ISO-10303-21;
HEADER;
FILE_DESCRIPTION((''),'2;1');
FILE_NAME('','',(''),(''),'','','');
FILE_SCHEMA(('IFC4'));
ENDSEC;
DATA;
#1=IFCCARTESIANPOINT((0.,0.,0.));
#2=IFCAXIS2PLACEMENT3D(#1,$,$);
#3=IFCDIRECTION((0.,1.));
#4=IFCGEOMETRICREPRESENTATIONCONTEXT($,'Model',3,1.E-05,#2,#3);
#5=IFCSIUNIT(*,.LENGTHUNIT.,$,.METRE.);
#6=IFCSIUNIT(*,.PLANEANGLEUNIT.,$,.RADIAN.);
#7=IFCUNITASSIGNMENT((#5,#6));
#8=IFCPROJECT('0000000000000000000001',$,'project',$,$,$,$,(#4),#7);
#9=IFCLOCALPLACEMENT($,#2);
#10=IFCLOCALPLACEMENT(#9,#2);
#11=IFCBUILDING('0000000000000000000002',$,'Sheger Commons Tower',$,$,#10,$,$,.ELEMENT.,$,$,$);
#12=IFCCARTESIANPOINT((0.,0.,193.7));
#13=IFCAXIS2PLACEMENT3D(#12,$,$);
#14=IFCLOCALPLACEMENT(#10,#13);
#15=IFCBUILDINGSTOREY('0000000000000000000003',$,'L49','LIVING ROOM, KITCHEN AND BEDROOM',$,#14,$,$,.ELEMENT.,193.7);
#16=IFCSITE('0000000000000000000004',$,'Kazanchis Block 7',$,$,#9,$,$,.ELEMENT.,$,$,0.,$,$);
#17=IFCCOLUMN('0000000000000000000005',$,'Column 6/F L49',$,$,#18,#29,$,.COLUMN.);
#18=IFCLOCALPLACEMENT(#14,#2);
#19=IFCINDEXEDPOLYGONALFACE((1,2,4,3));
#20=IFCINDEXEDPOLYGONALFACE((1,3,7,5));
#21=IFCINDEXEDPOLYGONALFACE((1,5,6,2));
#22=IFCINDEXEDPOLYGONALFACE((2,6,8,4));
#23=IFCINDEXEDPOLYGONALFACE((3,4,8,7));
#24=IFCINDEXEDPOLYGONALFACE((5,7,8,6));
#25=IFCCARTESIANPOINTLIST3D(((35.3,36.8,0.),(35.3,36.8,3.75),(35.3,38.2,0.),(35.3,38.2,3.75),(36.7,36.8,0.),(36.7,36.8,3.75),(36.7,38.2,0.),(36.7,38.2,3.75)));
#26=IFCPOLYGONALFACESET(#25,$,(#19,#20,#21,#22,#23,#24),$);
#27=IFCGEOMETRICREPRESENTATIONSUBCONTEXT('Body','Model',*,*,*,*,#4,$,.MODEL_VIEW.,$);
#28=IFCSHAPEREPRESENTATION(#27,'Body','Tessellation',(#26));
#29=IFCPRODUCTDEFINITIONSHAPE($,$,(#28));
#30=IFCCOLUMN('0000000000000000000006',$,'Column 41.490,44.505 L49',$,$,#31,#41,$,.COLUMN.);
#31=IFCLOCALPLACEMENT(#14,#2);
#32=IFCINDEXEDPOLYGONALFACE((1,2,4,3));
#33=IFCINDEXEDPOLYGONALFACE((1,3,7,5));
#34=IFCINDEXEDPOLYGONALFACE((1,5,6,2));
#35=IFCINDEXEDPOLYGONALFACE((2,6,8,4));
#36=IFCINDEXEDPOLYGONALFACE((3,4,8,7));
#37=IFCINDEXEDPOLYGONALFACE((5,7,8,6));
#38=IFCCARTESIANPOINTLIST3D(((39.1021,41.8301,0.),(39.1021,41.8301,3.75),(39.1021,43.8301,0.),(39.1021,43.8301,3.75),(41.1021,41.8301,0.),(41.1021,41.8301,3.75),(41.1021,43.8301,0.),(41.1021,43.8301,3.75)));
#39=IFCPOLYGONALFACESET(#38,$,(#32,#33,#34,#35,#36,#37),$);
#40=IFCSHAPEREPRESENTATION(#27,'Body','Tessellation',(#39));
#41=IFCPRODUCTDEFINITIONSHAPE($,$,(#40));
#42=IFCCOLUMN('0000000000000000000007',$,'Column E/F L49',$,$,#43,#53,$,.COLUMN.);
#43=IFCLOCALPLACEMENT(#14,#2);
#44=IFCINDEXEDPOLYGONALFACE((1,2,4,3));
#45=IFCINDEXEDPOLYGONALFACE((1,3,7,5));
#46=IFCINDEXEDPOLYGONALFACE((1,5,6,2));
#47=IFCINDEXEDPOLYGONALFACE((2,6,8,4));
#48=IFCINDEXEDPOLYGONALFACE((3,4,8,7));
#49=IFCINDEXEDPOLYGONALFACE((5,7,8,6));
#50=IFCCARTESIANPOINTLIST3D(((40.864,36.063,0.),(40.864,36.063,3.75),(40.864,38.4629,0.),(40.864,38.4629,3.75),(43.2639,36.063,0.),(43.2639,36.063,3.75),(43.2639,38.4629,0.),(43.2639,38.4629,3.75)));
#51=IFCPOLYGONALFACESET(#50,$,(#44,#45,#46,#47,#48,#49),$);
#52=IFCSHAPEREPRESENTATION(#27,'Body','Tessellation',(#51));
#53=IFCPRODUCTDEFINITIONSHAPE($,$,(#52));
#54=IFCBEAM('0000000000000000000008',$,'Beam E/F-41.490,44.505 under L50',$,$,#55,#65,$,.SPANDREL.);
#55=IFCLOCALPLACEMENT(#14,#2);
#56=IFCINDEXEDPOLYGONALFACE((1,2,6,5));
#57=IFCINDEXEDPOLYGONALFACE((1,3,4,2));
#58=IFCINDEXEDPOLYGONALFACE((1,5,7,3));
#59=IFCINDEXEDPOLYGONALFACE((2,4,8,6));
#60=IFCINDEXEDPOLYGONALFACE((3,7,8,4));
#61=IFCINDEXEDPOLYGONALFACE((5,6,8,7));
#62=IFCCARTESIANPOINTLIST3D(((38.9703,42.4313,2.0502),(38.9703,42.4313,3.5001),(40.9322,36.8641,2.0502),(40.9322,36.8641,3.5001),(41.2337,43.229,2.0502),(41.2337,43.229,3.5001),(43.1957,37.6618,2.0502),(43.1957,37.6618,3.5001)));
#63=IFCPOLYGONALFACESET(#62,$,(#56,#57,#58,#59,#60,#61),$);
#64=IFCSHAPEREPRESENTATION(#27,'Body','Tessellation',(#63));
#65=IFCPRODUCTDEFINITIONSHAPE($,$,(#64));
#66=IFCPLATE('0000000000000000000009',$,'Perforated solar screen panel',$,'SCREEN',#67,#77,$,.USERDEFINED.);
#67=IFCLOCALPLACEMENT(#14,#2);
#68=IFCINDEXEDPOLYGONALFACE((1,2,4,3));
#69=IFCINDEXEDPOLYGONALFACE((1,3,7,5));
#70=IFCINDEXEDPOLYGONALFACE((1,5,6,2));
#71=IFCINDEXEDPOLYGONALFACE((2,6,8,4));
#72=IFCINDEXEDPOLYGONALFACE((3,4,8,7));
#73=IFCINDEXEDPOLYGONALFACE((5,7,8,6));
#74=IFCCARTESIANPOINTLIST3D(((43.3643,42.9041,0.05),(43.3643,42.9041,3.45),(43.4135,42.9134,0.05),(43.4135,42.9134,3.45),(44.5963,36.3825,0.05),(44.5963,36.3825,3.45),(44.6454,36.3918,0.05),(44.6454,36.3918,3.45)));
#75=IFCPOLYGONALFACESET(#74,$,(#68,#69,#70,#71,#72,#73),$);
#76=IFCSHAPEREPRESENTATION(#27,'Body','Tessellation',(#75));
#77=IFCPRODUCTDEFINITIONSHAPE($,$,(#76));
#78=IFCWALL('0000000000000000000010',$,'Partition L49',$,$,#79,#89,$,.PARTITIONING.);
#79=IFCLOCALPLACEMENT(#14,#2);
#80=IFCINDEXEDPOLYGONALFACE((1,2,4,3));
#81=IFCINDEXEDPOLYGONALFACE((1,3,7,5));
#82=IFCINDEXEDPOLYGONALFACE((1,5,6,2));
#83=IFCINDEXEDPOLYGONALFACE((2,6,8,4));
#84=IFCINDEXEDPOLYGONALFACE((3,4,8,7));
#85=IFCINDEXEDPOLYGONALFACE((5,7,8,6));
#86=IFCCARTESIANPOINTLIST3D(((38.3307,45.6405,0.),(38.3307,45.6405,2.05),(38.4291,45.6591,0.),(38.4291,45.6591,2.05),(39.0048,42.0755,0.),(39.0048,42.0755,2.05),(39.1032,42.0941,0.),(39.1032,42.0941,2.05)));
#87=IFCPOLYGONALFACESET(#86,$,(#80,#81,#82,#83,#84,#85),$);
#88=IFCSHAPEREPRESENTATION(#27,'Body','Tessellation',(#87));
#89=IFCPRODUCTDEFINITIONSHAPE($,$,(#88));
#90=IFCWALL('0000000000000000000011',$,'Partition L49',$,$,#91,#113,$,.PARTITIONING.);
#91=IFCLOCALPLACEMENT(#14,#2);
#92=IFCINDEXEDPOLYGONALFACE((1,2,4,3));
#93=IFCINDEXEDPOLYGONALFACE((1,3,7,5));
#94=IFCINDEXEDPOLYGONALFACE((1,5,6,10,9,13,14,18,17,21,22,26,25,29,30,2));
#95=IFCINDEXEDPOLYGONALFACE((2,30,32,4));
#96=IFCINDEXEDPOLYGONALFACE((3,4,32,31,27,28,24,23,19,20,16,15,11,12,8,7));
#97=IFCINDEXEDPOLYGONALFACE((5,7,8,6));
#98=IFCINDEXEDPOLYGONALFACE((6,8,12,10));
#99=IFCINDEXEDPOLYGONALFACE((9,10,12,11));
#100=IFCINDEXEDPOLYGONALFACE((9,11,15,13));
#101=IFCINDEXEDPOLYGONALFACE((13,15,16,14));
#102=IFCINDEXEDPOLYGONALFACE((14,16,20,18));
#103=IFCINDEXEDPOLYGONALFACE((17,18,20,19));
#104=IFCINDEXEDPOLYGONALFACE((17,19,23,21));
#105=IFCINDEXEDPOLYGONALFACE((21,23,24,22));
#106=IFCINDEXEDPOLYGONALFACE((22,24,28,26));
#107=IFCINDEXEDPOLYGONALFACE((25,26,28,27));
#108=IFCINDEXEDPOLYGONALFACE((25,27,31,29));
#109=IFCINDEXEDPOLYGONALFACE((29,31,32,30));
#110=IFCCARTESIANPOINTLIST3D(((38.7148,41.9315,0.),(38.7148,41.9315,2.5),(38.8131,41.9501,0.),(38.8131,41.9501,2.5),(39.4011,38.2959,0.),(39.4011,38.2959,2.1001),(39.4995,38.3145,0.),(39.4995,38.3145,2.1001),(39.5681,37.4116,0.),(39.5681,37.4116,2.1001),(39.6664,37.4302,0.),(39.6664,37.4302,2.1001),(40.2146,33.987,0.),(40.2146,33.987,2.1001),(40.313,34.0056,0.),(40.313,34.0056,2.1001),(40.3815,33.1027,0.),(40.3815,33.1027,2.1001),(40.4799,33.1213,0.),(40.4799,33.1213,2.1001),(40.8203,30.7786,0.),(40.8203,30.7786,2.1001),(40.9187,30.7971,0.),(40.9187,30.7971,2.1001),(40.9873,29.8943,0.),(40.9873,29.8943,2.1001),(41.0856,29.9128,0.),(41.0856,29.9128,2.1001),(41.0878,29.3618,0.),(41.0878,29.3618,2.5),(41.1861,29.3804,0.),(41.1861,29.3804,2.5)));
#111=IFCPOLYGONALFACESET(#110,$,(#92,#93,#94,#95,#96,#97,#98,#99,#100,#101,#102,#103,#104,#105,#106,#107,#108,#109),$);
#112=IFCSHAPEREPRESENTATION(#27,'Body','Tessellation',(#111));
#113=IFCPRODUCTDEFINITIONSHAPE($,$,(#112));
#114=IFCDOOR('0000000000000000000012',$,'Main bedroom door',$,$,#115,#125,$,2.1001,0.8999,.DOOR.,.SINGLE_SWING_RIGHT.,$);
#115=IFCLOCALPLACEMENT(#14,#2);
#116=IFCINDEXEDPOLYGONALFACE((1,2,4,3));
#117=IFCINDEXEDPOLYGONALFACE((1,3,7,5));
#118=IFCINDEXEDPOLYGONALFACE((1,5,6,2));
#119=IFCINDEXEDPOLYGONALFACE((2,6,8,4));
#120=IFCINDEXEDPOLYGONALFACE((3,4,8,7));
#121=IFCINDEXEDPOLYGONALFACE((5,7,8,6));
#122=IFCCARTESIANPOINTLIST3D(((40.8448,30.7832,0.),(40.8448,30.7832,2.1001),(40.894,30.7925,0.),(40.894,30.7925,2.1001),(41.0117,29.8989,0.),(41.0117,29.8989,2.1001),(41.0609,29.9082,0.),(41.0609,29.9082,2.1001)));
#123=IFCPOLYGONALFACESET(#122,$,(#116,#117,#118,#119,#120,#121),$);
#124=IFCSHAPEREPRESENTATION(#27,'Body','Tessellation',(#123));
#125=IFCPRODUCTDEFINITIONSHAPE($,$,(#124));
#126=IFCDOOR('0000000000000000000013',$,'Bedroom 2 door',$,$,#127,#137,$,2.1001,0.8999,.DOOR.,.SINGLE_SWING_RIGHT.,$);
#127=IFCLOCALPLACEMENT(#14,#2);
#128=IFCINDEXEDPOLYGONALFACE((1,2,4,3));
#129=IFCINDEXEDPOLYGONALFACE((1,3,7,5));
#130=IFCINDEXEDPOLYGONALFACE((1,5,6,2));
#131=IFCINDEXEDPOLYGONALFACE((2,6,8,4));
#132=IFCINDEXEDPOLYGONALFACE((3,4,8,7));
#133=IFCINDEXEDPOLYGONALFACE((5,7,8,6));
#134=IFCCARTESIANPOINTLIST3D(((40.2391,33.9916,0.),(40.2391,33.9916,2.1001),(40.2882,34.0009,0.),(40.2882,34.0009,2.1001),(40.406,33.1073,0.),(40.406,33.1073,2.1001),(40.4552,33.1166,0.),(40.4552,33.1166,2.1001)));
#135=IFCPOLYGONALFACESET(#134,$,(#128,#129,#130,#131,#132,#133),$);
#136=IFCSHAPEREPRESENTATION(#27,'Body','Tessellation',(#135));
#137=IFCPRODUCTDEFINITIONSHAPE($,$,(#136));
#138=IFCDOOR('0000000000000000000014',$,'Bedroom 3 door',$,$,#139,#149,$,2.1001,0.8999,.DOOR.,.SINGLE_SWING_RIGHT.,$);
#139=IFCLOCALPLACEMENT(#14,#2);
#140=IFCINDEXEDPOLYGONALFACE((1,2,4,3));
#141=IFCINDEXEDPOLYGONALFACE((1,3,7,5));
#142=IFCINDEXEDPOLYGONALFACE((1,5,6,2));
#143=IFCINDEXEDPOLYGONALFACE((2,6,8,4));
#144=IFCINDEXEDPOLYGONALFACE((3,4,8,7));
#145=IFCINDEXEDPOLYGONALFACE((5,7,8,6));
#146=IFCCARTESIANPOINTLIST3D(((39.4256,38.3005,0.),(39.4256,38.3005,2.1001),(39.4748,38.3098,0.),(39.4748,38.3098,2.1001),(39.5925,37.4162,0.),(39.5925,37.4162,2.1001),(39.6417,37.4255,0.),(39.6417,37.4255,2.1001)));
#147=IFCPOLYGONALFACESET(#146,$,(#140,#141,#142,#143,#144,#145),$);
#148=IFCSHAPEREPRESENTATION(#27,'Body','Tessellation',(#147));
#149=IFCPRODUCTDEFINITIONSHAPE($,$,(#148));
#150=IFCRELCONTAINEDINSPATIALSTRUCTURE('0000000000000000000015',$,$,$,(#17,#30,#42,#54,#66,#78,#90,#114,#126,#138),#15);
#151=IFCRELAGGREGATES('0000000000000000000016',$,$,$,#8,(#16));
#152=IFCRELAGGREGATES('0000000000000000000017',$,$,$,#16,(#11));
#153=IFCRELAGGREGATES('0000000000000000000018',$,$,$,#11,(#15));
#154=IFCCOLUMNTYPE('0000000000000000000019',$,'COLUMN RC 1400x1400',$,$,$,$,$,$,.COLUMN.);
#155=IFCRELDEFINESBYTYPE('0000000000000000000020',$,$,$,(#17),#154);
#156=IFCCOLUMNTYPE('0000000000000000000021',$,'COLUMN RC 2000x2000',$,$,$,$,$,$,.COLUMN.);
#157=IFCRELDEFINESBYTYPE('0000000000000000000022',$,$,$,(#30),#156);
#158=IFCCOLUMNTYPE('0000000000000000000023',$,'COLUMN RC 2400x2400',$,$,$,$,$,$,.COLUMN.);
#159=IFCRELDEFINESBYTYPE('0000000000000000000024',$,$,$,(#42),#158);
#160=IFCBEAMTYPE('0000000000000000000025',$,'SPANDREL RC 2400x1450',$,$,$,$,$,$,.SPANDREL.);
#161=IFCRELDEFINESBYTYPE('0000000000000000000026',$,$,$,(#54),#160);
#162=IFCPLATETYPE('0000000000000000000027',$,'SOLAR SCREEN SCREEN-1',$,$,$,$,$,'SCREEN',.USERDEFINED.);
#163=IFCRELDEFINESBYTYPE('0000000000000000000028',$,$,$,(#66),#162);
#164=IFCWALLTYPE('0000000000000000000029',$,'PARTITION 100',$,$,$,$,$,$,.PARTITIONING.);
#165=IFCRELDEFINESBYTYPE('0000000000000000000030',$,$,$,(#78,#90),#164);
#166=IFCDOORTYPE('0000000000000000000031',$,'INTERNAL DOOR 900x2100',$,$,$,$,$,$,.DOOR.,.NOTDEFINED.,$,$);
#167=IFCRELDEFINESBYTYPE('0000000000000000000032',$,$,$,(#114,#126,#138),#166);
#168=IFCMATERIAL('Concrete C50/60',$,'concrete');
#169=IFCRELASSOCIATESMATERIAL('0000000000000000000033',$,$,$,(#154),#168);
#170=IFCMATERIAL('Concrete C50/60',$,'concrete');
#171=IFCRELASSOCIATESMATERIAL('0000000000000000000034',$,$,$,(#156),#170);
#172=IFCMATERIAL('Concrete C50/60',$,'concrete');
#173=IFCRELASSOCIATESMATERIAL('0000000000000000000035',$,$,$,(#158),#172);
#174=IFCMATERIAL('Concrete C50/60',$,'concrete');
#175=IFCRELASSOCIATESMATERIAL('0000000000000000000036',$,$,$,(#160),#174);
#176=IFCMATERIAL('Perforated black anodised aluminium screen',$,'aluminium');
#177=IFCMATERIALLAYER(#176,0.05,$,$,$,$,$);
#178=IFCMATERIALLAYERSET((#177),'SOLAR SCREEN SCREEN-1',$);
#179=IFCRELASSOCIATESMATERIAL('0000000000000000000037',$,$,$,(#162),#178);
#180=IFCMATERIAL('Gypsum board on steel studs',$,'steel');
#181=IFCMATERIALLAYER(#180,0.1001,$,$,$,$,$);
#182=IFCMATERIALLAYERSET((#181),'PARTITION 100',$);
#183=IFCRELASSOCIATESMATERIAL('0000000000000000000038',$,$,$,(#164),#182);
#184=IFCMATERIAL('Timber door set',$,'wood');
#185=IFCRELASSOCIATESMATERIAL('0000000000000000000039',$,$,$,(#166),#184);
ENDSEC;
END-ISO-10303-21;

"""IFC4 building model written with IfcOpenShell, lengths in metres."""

from ifc_helpers import new_model, si_unit, direction, frame, frame_2d, origin, origin_2d, place, context, subcontext, project, spatial, rectangle, extrude, material, layer, layer_set, material_profile, profile_set, type_object, element, fill, save


model = new_model("IFC4")

# Units and contexts
model_context = context("Model", 3, precision=1e-05, world=origin(), true_north=direction((0.0, 1.0)))
body_context = subcontext(model_context, "Body", "Model", "MODEL_VIEW")
ifc_project = project(units=[si_unit("LENGTHUNIT", "METRE"), si_unit("PLANEANGLEUNIT", "RADIAN")], contexts=[model_context])

# Site, building, storey
site_placement = place(None, origin())
site = spatial("IfcSite", under=ifc_project, at=site_placement, Name="Kazanchis Block 7", CompositionType="ELEMENT", RefElevation=0.0)
building_placement = place(site_placement, origin())
building = spatial("IfcBuilding", under=site, at=building_placement, Name="Sheger Commons Tower", CompositionType="ELEMENT")
storey_placement = place(building_placement, frame((0.0, 0.0, 193.7)))
storey = spatial("IfcBuildingStorey", under=building, at=storey_placement, Name="L49", Description="LIVING ROOM, KITCHEN AND BEDROOM", CompositionType="ELEMENT", Elevation=193.7)

# Columns
ifc_material_1 = material(Name="Concrete C50/60", Category="concrete")
ifc_material_profile_1 = material_profile(ifc_material_1, rectangle(XDim=1.3999, YDim=1.3999, at=origin_2d()), Name="RC 1400x1400")
ifc_profile_set_1 = profile_set([ifc_material_profile_1], Name="Concrete C50/60")
column_type_1 = type_object("IfcColumnType", Name="COLUMN RC 1400x1400", PredefinedType="COLUMN", material=ifc_profile_set_1)
column_1_placement = place(storey_placement, frame((36.0, 37.5, 0.0), z_axis=(0.0, 0.0, 1.0), x_axis=(1.0, 0.0, 0.0)))
element("IfcColumn", 1, at=column_1_placement, inside=storey, type_object=column_type_1, Name="Column 6/F L49", PredefinedType="COLUMN", context=body_context, shape_type="SweptSolid", body=[
    extrude(rectangle(XDim=1.3999, YDim=1.3999, at=origin_2d()), origin(), (0.0, 0.0, 1.0), 3.75),
])
ifc_material_2 = material(Name="Concrete C50/60", Category="concrete")
ifc_material_profile_2 = material_profile(ifc_material_2, rectangle(XDim=2.0, YDim=2.0, at=origin_2d()), Name="RC 2000x2000")
ifc_profile_set_2 = profile_set([ifc_material_profile_2], Name="Concrete C50/60")
column_type_2 = type_object("IfcColumnType", Name="COLUMN RC 2000x2000", PredefinedType="COLUMN", material=ifc_profile_set_2)
column_2_placement = place(storey_placement, frame((40.1021, 42.8301, 0.0), z_axis=(0.0, 0.0, 1.0), x_axis=(1.0, 0.0, 0.0)))
element("IfcColumn", 2, at=column_2_placement, inside=storey, type_object=column_type_2, Name="Column 41.490,44.505 L49", PredefinedType="COLUMN", context=body_context, shape_type="SweptSolid", body=[
    extrude(rectangle(XDim=2.0, YDim=2.0, at=origin_2d()), origin(), (0.0, 0.0, 1.0), 3.75),
])
ifc_material_3 = material(Name="Concrete C50/60", Category="concrete")
ifc_material_profile_3 = material_profile(ifc_material_3, rectangle(XDim=2.3999, YDim=2.3999, at=origin_2d()), Name="RC 2400x2400")
ifc_profile_set_3 = profile_set([ifc_material_profile_3], Name="Concrete C50/60")
column_type_3 = type_object("IfcColumnType", Name="COLUMN RC 2400x2400", PredefinedType="COLUMN", material=ifc_profile_set_3)
column_3_placement = place(storey_placement, frame((42.064, 37.2629, 0.0), z_axis=(0.0, 0.0, 1.0), x_axis=(1.0, 0.0, 0.0)))
element("IfcColumn", 3, at=column_3_placement, inside=storey, type_object=column_type_3, Name="Column E/F L49", PredefinedType="COLUMN", context=body_context, shape_type="SweptSolid", body=[
    extrude(rectangle(XDim=2.3999, YDim=2.3999, at=origin_2d()), origin(), (0.0, 0.0, 1.0), 3.75),
])

# Beam
ifc_material_4 = material(Name="Concrete C50/60", Category="concrete")
ifc_material_profile_4 = material_profile(ifc_material_4, rectangle(XDim=2.3999, YDim=1.45, at=origin_2d()), Name="RC 2400x1450")
ifc_profile_set_4 = profile_set([ifc_material_profile_4], Name="Concrete C50/60")
beam_type = type_object("IfcBeamType", Name="SPANDREL RC 2400x1450", PredefinedType="SPANDREL", material=ifc_profile_set_4)
beam_placement = place(storey_placement, frame((42.064, 37.2629, 2.7751), z_axis=(-0.332374, 0.943148, 0.0), x_axis=(-0.943148, -0.332374, 0.0)))
element("IfcBeam", 4, at=beam_placement, inside=storey, type_object=beam_type, Name="Beam E/F-41.490,44.505 under L50", PredefinedType="SPANDREL", context=body_context, shape_type="SweptSolid", body=[
    extrude(rectangle(XDim=2.3999, YDim=1.45, at=origin_2d()), origin(), (0.0, 0.0, 1.0), 5.9028),
])

# Plate
ifc_material_5 = material(Name="Perforated black anodised aluminium screen", Category="aluminium")
ifc_layer_1 = layer(ifc_material_5, 0.05)
ifc_layer_set_1 = layer_set([ifc_layer_1], Name="SOLAR SCREEN SCREEN-1")
plate_type = type_object("IfcPlateType", Name="SOLAR SCREEN SCREEN-1", ElementType="SCREEN", PredefinedType="USERDEFINED", material=ifc_layer_set_1)
plate_placement = place(storey_placement, frame((44.0049, 39.6479, 0.05), z_axis=(0.0, 0.0, 1.0), x_axis=(-0.185615, 0.982623, 0.0)))
element("IfcPlate", 5, at=plate_placement, inside=storey, type_object=plate_type, Name="Perforated solar screen panel", ObjectType="SCREEN", PredefinedType="USERDEFINED", context=body_context, shape_type="SweptSolid", body=[
    extrude(rectangle(XDim=6.637, YDim=0.05, at=origin_2d()), origin(), (0.0, 0.0, 1.0), 3.3999),
])

# Wall
ifc_material_6 = material(Name="Gypsum board on steel studs", Category="steel")
ifc_layer_2 = layer(ifc_material_6, 0.1001)
ifc_layer_set_2 = layer_set([ifc_layer_2], Name="PARTITION 100")
wall_type = type_object("IfcWallType", Name="PARTITION 100", PredefinedType="PARTITIONING", material=ifc_layer_set_2)
wall_1_placement = place(storey_placement, frame((39.054, 42.085, 0.0), z_axis=(0.0, 0.0, 1.0), x_axis=(-0.185792, 0.982589, 0.0)))
element("IfcWall", 6, at=wall_1_placement, inside=storey, type_object=wall_type, Name="Partition L49", PredefinedType="PARTITIONING", context=body_context, shape_type="SweptSolid", body=[
    extrude(rectangle(XDim=3.6282, YDim=0.1001, at=frame_2d((1.814, 0.0))), origin(), (0.0, 0.0, 1.0), 2.05),
])

# Wall, openings, doors
wall_2_placement = place(storey_placement, frame((38.7639, 41.9409, 0.0), z_axis=(0.0, 0.0, 1.0), x_axis=(0.185512, -0.982642, 0.0)))
wall_2 = element("IfcWall", 7, at=wall_2_placement, inside=storey, type_object=wall_type, Name="Partition L49", PredefinedType="PARTITIONING", context=body_context, shape_type="SweptSolid", body=[
    extrude(rectangle(XDim=12.7917, YDim=0.1001, at=frame_2d((6.396, 0.0))), origin(), (0.0, 0.0, 1.0), 2.5),
])
opening_1_placement = place(wall_2_placement, frame((11.3501, 0.0, 0.0)))
opening_1 = element("IfcOpeningElement", 8, at=opening_1_placement, cuts=wall_2, PredefinedType="OPENING", context=body_context, shape_type="SweptSolid", body=[
    extrude(rectangle(XDim=0.8999, YDim=2.1001, at=frame_2d((0.45, 1.05))), frame((0.0, 0.0601, 0.0), z_axis=(0.0, -1.0, 0.0), x_axis=(1.0, 0.0, 0.0)), (0.0, 0.0, 1.0), 0.1201),
])
opening_2_placement = place(wall_2_placement, frame((8.085, 0.0, 0.0)))
opening_2 = element("IfcOpeningElement", 9, at=opening_2_placement, cuts=wall_2, PredefinedType="OPENING", context=body_context, shape_type="SweptSolid", body=[
    extrude(rectangle(XDim=0.8999, YDim=2.1001, at=frame_2d((0.45, 1.05))), frame((0.0, 0.0601, 0.0), z_axis=(0.0, -1.0, 0.0), x_axis=(1.0, 0.0, 0.0)), (0.0, 0.0, 1.0), 0.1201),
])
opening_3_placement = place(wall_2_placement, frame((3.7, 0.0, 0.0)))
opening_3 = element("IfcOpeningElement", 10, at=opening_3_placement, cuts=wall_2, PredefinedType="OPENING", context=body_context, shape_type="SweptSolid", body=[
    extrude(rectangle(XDim=0.8999, YDim=2.1001, at=frame_2d((0.45, 1.05))), frame((0.0, 0.0601, 0.0), z_axis=(0.0, -1.0, 0.0), x_axis=(1.0, 0.0, 0.0)), (0.0, 0.0, 1.0), 0.1201),
])
ifc_material_7 = material(Name="Timber door set", Category="wood")
door_type = type_object("IfcDoorType", Name="INTERNAL DOOR 900x2100", OperationType="NOTDEFINED", PredefinedType="DOOR", material=ifc_material_7)
door_1_placement = place(opening_1_placement, origin())
door_1 = element("IfcDoor", 11, at=door_1_placement, inside=storey, type_object=door_type, Name="Main bedroom door", OperationType="SINGLE_SWING_RIGHT", OverallHeight=2.1001, OverallWidth=0.8999, PredefinedType="DOOR", context=body_context, shape_type="SweptSolid", body=[
    extrude(rectangle(XDim=0.8999, YDim=2.1001, at=frame_2d((0.45, 1.05))), frame((0.0, 0.0249, 0.0), z_axis=(0.0, -1.0, 0.0), x_axis=(1.0, 0.0, 0.0)), (0.0, 0.0, 1.0), 0.05),
])
fill(opening_1, door_1)
door_2_placement = place(opening_2_placement, origin())
door_2 = element("IfcDoor", 12, at=door_2_placement, inside=storey, type_object=door_type, Name="Bedroom 2 door", OperationType="SINGLE_SWING_RIGHT", OverallHeight=2.1001, OverallWidth=0.8999, PredefinedType="DOOR", context=body_context, shape_type="SweptSolid", body=[
    extrude(rectangle(XDim=0.8999, YDim=2.1001, at=frame_2d((0.45, 1.05))), frame((0.0, 0.0249, 0.0), z_axis=(0.0, -1.0, 0.0), x_axis=(1.0, 0.0, 0.0)), (0.0, 0.0, 1.0), 0.05),
])
fill(opening_2, door_2)
door_3_placement = place(opening_3_placement, origin())
door_3 = element("IfcDoor", 13, at=door_3_placement, inside=storey, type_object=door_type, Name="Bedroom 3 door", OperationType="SINGLE_SWING_RIGHT", OverallHeight=2.1001, OverallWidth=0.8999, PredefinedType="DOOR", context=body_context, shape_type="SweptSolid", body=[
    extrude(rectangle(XDim=0.8999, YDim=2.1001, at=frame_2d((0.45, 1.05))), frame((0.0, 0.0249, 0.0), z_axis=(0.0, -1.0, 0.0), x_axis=(1.0, 0.0, 0.0)), (0.0, 0.0, 1.0), 0.05),
])
fill(opening_3, door_3)

save(model, "model.ifc")
